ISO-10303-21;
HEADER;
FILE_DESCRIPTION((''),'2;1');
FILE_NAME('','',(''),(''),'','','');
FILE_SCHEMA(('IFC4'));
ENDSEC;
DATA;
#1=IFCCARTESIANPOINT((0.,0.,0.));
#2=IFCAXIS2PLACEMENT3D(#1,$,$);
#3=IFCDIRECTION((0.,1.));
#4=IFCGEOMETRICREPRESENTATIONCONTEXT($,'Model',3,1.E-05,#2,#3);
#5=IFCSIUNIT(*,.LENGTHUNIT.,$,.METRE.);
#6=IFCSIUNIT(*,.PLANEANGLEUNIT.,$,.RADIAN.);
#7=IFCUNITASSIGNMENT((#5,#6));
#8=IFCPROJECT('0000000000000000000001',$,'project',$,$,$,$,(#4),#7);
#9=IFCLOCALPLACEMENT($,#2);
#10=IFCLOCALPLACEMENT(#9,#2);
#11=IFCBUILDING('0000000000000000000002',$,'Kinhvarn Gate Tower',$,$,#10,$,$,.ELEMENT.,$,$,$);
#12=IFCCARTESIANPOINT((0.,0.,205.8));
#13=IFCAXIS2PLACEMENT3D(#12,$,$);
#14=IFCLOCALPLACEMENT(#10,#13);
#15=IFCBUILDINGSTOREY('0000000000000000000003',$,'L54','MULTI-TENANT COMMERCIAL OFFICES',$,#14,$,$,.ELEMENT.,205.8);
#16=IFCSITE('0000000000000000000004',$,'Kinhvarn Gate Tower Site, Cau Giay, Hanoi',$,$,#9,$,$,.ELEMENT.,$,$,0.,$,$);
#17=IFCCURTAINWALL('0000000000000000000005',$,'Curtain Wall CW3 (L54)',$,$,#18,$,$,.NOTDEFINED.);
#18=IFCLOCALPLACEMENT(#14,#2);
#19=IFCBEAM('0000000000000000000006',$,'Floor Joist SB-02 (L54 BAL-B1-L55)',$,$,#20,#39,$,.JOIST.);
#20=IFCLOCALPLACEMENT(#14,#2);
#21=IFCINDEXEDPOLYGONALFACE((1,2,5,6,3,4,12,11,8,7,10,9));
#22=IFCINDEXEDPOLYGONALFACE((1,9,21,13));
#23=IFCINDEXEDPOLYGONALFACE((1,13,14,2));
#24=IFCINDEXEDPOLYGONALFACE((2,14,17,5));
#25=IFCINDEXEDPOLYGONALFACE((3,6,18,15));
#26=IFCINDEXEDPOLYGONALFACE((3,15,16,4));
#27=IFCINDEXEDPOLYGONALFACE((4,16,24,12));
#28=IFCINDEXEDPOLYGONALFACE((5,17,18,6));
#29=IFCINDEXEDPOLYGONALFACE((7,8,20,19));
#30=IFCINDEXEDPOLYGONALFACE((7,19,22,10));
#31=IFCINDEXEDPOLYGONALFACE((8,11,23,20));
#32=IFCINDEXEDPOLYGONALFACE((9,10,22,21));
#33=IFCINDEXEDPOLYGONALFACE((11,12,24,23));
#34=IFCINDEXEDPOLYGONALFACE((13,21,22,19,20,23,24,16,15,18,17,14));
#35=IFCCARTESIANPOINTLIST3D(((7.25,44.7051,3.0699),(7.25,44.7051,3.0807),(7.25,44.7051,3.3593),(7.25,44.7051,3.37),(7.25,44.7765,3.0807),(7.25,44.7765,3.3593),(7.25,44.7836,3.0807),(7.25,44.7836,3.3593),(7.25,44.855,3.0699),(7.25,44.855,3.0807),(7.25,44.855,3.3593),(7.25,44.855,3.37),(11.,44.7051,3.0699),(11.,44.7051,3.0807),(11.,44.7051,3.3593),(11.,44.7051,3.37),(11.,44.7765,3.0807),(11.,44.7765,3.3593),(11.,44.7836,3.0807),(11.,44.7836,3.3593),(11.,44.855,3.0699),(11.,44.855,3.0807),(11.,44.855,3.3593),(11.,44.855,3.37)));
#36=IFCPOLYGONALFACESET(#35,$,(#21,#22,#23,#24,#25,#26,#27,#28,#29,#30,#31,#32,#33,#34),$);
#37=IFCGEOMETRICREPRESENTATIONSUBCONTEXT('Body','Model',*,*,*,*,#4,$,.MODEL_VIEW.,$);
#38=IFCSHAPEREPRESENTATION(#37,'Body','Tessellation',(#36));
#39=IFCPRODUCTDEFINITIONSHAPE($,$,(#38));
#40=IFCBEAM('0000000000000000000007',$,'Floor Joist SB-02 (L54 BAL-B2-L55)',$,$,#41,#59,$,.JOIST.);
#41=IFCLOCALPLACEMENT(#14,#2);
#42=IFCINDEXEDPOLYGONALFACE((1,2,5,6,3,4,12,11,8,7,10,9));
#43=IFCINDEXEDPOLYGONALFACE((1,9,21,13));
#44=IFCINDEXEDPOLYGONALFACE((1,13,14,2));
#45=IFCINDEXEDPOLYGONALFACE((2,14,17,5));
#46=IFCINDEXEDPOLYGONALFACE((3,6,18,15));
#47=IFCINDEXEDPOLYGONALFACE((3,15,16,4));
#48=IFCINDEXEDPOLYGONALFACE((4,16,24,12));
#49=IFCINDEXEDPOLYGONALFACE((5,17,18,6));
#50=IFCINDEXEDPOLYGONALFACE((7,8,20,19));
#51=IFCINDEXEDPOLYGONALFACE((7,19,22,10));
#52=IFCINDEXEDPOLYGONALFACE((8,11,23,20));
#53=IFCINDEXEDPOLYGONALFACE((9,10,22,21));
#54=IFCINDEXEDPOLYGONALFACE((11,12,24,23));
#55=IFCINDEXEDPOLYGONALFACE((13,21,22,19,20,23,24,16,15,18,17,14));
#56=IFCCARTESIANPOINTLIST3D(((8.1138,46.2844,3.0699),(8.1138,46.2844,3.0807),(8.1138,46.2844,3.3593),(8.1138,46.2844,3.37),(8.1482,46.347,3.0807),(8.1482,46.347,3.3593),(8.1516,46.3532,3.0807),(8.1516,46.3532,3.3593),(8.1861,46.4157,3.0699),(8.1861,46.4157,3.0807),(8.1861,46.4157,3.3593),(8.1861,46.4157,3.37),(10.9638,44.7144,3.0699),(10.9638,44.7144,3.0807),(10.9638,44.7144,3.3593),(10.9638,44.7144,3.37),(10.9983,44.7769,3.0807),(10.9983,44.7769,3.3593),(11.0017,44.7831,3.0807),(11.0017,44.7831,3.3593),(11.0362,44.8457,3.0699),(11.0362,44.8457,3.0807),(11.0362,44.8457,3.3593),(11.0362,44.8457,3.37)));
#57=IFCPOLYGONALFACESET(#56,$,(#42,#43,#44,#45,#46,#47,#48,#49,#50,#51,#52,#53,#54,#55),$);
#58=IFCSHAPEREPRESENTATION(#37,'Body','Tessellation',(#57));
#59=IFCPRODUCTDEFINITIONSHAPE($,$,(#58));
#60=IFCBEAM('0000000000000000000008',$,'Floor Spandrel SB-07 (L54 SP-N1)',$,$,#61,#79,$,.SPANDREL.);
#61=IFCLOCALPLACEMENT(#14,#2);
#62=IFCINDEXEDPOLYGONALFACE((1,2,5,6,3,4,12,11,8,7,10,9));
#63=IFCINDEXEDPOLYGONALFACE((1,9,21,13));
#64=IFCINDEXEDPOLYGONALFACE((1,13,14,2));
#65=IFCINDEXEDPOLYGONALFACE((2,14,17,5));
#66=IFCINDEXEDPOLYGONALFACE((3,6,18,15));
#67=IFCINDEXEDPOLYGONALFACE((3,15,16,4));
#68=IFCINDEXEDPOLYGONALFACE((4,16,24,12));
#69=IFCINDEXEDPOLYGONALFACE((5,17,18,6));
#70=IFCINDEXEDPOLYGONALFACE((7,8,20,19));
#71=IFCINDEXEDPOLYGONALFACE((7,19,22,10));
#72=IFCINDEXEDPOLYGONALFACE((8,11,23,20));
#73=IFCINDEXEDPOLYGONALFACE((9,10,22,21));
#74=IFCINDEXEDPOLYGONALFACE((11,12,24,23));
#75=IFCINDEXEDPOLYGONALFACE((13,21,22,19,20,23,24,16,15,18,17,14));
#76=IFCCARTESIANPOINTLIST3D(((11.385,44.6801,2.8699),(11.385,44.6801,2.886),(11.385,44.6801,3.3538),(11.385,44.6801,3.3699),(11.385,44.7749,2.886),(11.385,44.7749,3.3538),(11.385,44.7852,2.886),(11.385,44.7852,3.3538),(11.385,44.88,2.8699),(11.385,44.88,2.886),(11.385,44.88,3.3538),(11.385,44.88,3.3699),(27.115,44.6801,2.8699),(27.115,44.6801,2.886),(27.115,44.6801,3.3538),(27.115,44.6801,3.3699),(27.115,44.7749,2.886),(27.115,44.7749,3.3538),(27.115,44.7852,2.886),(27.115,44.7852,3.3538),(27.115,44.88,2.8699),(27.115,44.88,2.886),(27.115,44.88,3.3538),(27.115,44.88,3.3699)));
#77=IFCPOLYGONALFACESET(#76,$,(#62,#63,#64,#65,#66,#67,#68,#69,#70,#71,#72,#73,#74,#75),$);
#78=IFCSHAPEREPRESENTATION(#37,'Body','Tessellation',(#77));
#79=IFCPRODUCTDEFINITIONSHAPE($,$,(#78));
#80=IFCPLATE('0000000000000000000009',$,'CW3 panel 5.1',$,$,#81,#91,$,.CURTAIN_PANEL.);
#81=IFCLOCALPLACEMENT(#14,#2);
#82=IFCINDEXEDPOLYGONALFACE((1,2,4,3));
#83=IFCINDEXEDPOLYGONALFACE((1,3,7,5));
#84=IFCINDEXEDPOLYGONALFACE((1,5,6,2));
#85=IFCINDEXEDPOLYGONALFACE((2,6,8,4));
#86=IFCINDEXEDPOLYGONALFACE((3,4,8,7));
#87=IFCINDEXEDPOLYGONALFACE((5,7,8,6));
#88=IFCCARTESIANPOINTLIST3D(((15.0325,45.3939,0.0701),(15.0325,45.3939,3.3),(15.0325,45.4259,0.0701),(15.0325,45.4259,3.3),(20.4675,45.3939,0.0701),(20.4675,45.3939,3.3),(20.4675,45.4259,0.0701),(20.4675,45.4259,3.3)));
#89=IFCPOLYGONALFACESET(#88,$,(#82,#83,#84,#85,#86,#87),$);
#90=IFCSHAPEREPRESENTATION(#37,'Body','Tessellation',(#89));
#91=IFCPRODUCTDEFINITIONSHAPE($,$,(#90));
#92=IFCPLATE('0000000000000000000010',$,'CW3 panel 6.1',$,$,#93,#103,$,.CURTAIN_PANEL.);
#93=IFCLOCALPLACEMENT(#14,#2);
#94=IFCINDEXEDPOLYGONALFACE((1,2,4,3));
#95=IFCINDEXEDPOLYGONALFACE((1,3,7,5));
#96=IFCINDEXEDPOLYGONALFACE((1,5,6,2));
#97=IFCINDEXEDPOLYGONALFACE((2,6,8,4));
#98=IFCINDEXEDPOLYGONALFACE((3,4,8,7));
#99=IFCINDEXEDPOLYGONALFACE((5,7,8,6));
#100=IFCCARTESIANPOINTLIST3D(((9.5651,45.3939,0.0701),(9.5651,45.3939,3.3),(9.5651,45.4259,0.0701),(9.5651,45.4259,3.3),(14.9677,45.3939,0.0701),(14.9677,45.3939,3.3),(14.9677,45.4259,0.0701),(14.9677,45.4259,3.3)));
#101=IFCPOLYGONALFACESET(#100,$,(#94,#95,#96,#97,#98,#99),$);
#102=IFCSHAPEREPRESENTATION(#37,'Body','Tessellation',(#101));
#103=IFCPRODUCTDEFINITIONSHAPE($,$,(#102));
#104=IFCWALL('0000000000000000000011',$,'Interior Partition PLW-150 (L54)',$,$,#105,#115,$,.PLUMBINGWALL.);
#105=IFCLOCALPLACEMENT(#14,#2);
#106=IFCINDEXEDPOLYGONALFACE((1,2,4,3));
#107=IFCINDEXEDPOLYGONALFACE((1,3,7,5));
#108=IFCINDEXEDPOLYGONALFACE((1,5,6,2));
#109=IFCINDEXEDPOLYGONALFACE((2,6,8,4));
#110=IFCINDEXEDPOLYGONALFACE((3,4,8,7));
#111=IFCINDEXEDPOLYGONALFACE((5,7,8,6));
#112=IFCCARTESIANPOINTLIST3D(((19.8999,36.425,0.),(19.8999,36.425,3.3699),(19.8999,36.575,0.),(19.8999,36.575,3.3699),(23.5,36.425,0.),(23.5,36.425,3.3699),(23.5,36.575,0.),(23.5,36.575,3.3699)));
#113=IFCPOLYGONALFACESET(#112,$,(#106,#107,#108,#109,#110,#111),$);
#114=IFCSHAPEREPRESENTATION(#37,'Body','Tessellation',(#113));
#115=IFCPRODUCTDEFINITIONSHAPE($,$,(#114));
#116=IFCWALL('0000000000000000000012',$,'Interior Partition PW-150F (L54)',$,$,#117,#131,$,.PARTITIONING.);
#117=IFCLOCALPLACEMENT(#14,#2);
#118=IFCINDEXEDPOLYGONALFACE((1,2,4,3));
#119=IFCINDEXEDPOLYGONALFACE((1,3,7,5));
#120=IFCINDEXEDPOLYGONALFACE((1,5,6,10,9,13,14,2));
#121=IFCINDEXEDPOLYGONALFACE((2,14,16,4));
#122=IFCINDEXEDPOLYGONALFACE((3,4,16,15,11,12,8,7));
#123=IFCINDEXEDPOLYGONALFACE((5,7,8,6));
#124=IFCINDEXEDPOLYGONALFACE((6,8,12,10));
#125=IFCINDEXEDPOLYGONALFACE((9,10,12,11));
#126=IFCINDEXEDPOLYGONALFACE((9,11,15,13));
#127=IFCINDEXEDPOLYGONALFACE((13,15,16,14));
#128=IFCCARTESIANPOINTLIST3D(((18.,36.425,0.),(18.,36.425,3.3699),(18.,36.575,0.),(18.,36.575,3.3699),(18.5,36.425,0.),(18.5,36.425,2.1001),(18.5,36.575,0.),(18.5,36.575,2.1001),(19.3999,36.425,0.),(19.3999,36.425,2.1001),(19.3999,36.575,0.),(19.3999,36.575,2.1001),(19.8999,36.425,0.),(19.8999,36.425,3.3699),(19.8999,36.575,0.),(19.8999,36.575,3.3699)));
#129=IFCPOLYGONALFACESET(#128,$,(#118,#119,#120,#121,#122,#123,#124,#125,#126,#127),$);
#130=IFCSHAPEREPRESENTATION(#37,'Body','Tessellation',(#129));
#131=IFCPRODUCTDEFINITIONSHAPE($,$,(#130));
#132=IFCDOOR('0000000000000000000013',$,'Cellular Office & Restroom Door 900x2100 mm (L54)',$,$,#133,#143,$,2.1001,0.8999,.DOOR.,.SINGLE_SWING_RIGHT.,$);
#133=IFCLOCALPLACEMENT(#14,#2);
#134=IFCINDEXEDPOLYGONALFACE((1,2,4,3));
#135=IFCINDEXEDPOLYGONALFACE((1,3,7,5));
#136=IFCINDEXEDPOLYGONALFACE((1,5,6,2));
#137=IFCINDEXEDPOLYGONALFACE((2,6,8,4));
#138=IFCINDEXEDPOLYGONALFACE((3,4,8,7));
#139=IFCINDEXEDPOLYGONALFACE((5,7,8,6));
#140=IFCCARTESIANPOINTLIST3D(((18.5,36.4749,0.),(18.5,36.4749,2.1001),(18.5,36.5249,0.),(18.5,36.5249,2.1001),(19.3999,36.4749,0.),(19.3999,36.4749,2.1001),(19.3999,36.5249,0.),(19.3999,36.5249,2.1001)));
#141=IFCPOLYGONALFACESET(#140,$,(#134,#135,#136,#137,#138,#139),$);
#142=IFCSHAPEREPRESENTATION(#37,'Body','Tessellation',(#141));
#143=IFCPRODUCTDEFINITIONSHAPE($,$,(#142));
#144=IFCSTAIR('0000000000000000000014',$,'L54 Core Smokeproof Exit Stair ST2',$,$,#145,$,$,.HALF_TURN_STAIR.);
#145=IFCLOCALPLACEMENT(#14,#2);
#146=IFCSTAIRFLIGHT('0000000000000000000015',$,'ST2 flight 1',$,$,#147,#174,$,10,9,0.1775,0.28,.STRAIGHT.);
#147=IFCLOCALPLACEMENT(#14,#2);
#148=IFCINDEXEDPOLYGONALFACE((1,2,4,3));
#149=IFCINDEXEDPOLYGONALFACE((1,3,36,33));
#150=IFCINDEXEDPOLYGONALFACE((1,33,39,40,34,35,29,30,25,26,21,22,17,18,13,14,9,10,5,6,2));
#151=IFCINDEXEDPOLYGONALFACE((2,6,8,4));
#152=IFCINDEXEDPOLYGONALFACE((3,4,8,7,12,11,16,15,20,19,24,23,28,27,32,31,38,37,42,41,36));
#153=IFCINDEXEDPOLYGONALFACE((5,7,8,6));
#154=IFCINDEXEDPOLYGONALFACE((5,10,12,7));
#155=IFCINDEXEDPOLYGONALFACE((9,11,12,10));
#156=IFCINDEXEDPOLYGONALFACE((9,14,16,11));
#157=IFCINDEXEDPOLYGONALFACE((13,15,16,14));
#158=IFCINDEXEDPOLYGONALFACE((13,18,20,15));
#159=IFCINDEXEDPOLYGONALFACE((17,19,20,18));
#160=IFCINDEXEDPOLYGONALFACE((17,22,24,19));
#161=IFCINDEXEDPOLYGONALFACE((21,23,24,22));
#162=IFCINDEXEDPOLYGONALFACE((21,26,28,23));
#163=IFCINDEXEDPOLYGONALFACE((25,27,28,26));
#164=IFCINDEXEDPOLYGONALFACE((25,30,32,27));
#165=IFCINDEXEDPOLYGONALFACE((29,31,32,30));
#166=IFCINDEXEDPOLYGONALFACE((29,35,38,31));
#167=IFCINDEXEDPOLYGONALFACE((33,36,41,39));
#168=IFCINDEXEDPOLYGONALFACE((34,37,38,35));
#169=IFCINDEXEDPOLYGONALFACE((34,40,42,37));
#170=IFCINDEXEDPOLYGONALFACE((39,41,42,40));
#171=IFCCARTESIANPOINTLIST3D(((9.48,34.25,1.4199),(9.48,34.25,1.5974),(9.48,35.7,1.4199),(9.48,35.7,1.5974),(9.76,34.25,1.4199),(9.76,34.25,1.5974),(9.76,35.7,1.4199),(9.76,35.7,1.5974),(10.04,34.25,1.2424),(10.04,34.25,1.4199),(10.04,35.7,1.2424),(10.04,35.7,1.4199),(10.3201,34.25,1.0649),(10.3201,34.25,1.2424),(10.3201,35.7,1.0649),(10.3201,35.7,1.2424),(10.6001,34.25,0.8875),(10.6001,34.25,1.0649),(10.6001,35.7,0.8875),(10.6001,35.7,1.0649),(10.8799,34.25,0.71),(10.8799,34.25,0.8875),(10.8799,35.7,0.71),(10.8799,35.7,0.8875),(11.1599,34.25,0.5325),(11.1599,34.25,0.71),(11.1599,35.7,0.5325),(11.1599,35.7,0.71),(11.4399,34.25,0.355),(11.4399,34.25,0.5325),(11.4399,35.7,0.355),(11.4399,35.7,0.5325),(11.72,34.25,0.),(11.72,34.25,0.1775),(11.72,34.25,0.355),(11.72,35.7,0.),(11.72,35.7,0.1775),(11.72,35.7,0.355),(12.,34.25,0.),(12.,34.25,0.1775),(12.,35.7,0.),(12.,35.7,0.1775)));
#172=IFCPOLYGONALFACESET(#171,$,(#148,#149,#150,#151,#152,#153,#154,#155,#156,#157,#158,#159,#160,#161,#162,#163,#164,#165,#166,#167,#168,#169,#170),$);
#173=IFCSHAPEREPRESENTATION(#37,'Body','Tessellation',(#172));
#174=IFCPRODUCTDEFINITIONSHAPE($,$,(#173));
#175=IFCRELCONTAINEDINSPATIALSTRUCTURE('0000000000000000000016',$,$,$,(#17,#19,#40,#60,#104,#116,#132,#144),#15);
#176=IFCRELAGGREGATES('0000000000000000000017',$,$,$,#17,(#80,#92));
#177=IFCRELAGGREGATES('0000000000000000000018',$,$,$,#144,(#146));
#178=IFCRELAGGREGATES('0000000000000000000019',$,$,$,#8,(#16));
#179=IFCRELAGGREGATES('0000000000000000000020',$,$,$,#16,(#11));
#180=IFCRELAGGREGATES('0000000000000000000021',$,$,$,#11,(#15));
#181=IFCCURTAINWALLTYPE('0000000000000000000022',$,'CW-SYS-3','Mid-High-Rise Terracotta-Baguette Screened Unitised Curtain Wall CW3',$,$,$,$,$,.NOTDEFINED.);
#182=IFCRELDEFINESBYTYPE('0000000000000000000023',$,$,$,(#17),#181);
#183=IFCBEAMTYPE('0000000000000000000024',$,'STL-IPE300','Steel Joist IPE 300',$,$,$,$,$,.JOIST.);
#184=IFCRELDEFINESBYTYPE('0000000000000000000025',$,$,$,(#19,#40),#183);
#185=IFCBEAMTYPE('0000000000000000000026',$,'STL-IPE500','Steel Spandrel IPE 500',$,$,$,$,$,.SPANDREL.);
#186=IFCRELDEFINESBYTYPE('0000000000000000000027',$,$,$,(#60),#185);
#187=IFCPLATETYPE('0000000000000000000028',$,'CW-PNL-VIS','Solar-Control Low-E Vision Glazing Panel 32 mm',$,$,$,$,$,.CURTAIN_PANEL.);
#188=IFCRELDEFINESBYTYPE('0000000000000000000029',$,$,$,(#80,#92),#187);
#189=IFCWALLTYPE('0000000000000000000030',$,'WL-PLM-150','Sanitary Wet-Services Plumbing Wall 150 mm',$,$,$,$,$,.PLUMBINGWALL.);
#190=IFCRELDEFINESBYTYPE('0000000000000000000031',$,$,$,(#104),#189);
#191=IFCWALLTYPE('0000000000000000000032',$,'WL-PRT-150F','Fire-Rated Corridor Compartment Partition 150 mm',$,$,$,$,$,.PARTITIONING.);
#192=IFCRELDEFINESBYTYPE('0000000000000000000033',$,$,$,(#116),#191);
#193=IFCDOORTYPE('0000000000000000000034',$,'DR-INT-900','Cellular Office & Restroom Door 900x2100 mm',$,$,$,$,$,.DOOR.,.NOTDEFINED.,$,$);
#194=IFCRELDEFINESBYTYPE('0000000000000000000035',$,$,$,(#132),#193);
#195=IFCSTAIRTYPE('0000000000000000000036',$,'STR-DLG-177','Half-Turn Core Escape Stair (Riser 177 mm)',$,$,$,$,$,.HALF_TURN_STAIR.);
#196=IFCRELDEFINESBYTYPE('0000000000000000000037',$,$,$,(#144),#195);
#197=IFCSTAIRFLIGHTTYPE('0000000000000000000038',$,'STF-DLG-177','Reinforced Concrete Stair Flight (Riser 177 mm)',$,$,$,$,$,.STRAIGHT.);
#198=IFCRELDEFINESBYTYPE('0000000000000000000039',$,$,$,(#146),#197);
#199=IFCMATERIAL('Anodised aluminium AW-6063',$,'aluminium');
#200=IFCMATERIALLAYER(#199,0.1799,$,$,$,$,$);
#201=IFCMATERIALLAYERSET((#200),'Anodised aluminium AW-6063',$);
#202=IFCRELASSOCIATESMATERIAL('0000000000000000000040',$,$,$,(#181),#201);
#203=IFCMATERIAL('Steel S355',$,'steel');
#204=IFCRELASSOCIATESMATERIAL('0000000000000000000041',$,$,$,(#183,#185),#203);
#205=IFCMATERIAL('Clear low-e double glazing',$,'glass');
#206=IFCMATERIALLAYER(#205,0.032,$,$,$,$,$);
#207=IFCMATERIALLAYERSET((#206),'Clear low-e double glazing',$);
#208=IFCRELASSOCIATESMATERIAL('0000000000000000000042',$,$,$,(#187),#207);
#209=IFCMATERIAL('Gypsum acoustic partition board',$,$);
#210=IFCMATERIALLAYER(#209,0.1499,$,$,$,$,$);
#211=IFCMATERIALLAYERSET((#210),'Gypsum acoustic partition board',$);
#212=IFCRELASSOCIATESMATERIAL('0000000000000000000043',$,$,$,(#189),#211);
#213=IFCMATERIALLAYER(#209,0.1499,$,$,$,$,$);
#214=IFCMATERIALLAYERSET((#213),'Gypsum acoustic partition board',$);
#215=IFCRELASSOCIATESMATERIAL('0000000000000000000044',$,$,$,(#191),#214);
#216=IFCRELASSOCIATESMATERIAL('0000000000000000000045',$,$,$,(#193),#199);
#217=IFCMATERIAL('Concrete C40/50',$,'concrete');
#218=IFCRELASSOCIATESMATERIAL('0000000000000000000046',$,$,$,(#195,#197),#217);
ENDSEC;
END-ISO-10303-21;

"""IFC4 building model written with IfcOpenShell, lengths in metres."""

from ifc_helpers import new_model, si_unit, direction, frame, frame_2d, origin, origin_2d, place, context, subcontext, project, spatial, polyline, rectangle, i_section, outline, extrude, material, layer, layer_set, material_profile, profile_set, type_object, element, fill, aggregate, save


model = new_model("IFC4")

# Units and contexts
model_context = context("Model", 3, precision=1e-05, world=origin(), true_north=direction((0.0, 1.0)))
body_context = subcontext(model_context, "Body", "Model", "MODEL_VIEW")
ifc_project = project(units=[si_unit("LENGTHUNIT", "METRE"), si_unit("PLANEANGLEUNIT", "RADIAN")], contexts=[model_context])

# Site, building, storey
site_placement = place(None, origin())
site = spatial("IfcSite", under=ifc_project, at=site_placement, Name="Kinhvarn Gate Tower Site, Cau Giay, Hanoi", CompositionType="ELEMENT", RefElevation=0.0)
building_placement = place(site_placement, origin())
building = spatial("IfcBuilding", under=site, at=building_placement, Name="Kinhvarn Gate Tower", CompositionType="ELEMENT")
storey_placement = place(building_placement, frame((0.0, 0.0, 205.8)))
storey = spatial("IfcBuildingStorey", under=building, at=storey_placement, Name="L54", Description="MULTI-TENANT COMMERCIAL OFFICES", CompositionType="ELEMENT", Elevation=205.8)

# Curtain wall
ifc_material_1 = material(Name="Anodised aluminium AW-6063", Category="aluminium")
ifc_layer_1 = layer(ifc_material_1, 0.1799)
ifc_layer_set_1 = layer_set([ifc_layer_1], Name="Anodised aluminium AW-6063")
curtain_wall_type = type_object("IfcCurtainWallType", Name="CW-SYS-3", Description="Mid-High-Rise Terracotta-Baguette Screened Unitised Curtain Wall CW3", PredefinedType="NOTDEFINED", material=ifc_layer_set_1)
curtain_wall_placement = place(storey_placement, origin())
curtain_wall = element("IfcCurtainWall", 1, at=curtain_wall_placement, inside=storey, type_object=curtain_wall_type, Name="Curtain Wall CW3 (L54)", PredefinedType="NOTDEFINED")

# Beams
ifc_material_2 = material(Name="Steel S355", Category="steel")
ifc_material_profile_1 = material_profile(ifc_material_2, i_section(OverallWidth=0.1499, OverallDepth=0.3, WebThickness=0.0071, FlangeThickness=0.0107, at=origin_2d()), Name="IPE 300")
ifc_profile_set_1 = profile_set([ifc_material_profile_1], Name="Steel S355")
beam_type_1 = type_object("IfcBeamType", Name="STL-IPE300", Description="Steel Joist IPE 300", PredefinedType="JOIST", material=ifc_profile_set_1)
beam_1_placement = place(storey_placement, frame((11.0, 44.78, 3.22), z_axis=(-1.0, 0.0, 0.0), x_axis=(0.0, -1.0, 0.0)))
element("IfcBeam", 2, at=beam_1_placement, inside=storey, type_object=beam_type_1, Name="Floor Joist SB-02 (L54 BAL-B1-L55)", PredefinedType="JOIST", context=body_context, shape_type="SweptSolid", body=[
    extrude(i_section(OverallWidth=0.1499, OverallDepth=0.3, WebThickness=0.0071, FlangeThickness=0.0107, at=origin_2d()), origin(), (0.0, 0.0, 1.0), 3.75),
])
beam_2_placement = place(storey_placement, frame((11.0, 44.78, 3.22), z_axis=(-0.875889, 0.482512, 0.0), x_axis=(-0.482512, -0.875889, 0.0)))
element("IfcBeam", 3, at=beam_2_placement, inside=storey, type_object=beam_type_1, Name="Floor Joist SB-02 (L54 BAL-B2-L55)", PredefinedType="JOIST", context=body_context, shape_type="SweptSolid", body=[
    extrude(i_section(OverallWidth=0.1499, OverallDepth=0.3, WebThickness=0.0071, FlangeThickness=0.0107, at=origin_2d()), origin(), (0.0, 0.0, 1.0), 3.2539),
])
ifc_material_profile_2 = material_profile(ifc_material_2, i_section(OverallWidth=0.2, OverallDepth=0.5, WebThickness=0.0103, FlangeThickness=0.0161, at=origin_2d()), Name="IPE 500")
ifc_profile_set_2 = profile_set([ifc_material_profile_2], Name="Steel S355")
beam_type_2 = type_object("IfcBeamType", Name="STL-IPE500", Description="Steel Spandrel IPE 500", PredefinedType="SPANDREL", material=ifc_profile_set_2)
beam_3_placement = place(storey_placement, frame((11.385, 44.78, 3.1199), z_axis=(1.0, 0.0, 0.0), x_axis=(0.0, 1.0, 0.0)))
element("IfcBeam", 4, at=beam_3_placement, inside=storey, type_object=beam_type_2, Name="Floor Spandrel SB-07 (L54 SP-N1)", PredefinedType="SPANDREL", context=body_context, shape_type="SweptSolid", body=[
    extrude(i_section(OverallWidth=0.2, OverallDepth=0.5, WebThickness=0.0103, FlangeThickness=0.0161, at=origin_2d()), origin(), (0.0, 0.0, 1.0), 15.73),
])

# Plates
ifc_material_3 = material(Name="Clear low-e double glazing", Category="glass")
ifc_layer_2 = layer(ifc_material_3, 0.032)
ifc_layer_set_2 = layer_set([ifc_layer_2], Name="Clear low-e double glazing")
plate_type = type_object("IfcPlateType", Name="CW-PNL-VIS", Description="Solar-Control Low-E Vision Glazing Panel 32 mm", PredefinedType="CURTAIN_PANEL", material=ifc_layer_set_2)
plate_1_placement = place(storey_placement, frame((17.75, 45.4099, 0.0701), z_axis=(0.0, 0.0, 1.0), x_axis=(-1.0, 0.0, 0.0)))
plate_1 = element("IfcPlate", 5, at=plate_1_placement, type_object=plate_type, Name="CW3 panel 5.1", PredefinedType="CURTAIN_PANEL", context=body_context, shape_type="SweptSolid", body=[
    extrude(rectangle(XDim=5.4351, YDim=0.032, at=origin_2d()), origin(), (0.0, 0.0, 1.0), 3.23),
])
plate_2_placement = place(storey_placement, frame((12.2664, 45.4099, 0.0701), z_axis=(0.0, 0.0, 1.0), x_axis=(-1.0, 0.0, 0.0)))
plate_2 = element("IfcPlate", 6, at=plate_2_placement, type_object=plate_type, Name="CW3 panel 6.1", PredefinedType="CURTAIN_PANEL", context=body_context, shape_type="SweptSolid", body=[
    extrude(rectangle(XDim=5.4026, YDim=0.032, at=origin_2d()), origin(), (0.0, 0.0, 1.0), 3.23),
])
aggregate(curtain_wall, [plate_1, plate_2])

# Wall
ifc_material_4 = material(Name="Gypsum acoustic partition board")
ifc_layer_3 = layer(ifc_material_4, 0.1499)
ifc_layer_set_3 = layer_set([ifc_layer_3], Name="Gypsum acoustic partition board")
wall_type_1 = type_object("IfcWallType", Name="WL-PLM-150", Description="Sanitary Wet-Services Plumbing Wall 150 mm", PredefinedType="PLUMBINGWALL", material=ifc_layer_set_3)
wall_1_placement = place(storey_placement, frame((19.8999, 36.5, 0.0), z_axis=(0.0, 0.0, 1.0), x_axis=(1.0, 0.0, 0.0)))
element("IfcWall", 7, at=wall_1_placement, inside=storey, type_object=wall_type_1, Name="Interior Partition PLW-150 (L54)", PredefinedType="PLUMBINGWALL", context=body_context, shape_type="SweptSolid", body=[
    extrude(rectangle(XDim=3.6001, YDim=0.1499, at=frame_2d((1.8, 0.0))), origin(), (0.0, 0.0, 1.0), 3.3699),
])

# Wall, opening, door
ifc_layer_4 = layer(ifc_material_4, 0.1499)
ifc_layer_set_4 = layer_set([ifc_layer_4], Name="Gypsum acoustic partition board")
wall_type_2 = type_object("IfcWallType", Name="WL-PRT-150F", Description="Fire-Rated Corridor Compartment Partition 150 mm", PredefinedType="PARTITIONING", material=ifc_layer_set_4)
wall_2_placement = place(storey_placement, frame((18.0, 36.5, 0.0), z_axis=(0.0, 0.0, 1.0), x_axis=(1.0, 0.0, 0.0)))
wall_2 = element("IfcWall", 8, at=wall_2_placement, inside=storey, type_object=wall_type_2, Name="Interior Partition PW-150F (L54)", PredefinedType="PARTITIONING", context=body_context, shape_type="SweptSolid", body=[
    extrude(rectangle(XDim=1.8999, YDim=0.1499, at=frame_2d((0.95, 0.0))), origin(), (0.0, 0.0, 1.0), 3.3699),
])
opening_placement = place(wall_2_placement, frame((0.5, 0.0, 0.0)))
opening = element("IfcOpeningElement", 9, at=opening_placement, cuts=wall_2, PredefinedType="OPENING", context=body_context, shape_type="SweptSolid", body=[
    extrude(rectangle(XDim=0.8999, YDim=2.1001, at=frame_2d((0.45, 1.05))), frame((0.0, 0.085, 0.0), z_axis=(0.0, -1.0, 0.0), x_axis=(1.0, 0.0, 0.0)), (0.0, 0.0, 1.0), 0.1699),
])
door_type = type_object("IfcDoorType", Name="DR-INT-900", Description="Cellular Office & Restroom Door 900x2100 mm", OperationType="NOTDEFINED", PredefinedType="DOOR", material=ifc_material_1)
door_placement = place(opening_placement, origin())
door = element("IfcDoor", 10, at=door_placement, inside=storey, type_object=door_type, Name="Cellular Office & Restroom Door 900x2100 mm (L54)", OperationType="SINGLE_SWING_RIGHT", OverallHeight=2.1001, OverallWidth=0.8999, PredefinedType="DOOR", context=body_context, shape_type="SweptSolid", body=[
    extrude(rectangle(XDim=0.8999, YDim=2.1001, at=frame_2d((0.45, 1.05))), frame((0.0, 0.0249, 0.0), z_axis=(0.0, -1.0, 0.0), x_axis=(1.0, 0.0, 0.0)), (0.0, 0.0, 1.0), 0.05),
])
fill(opening, door)

# Stair, stair flight
ifc_material_5 = material(Name="Concrete C40/50", Category="concrete")
stair_type = type_object("IfcStairType", Name="STR-DLG-177", Description="Half-Turn Core Escape Stair (Riser 177 mm)", PredefinedType="HALF_TURN_STAIR", material=ifc_material_5)
stair_placement = place(storey_placement, origin())
stair = element("IfcStair", 11, at=stair_placement, inside=storey, type_object=stair_type, Name="L54 Core Smokeproof Exit Stair ST2", PredefinedType="HALF_TURN_STAIR")
stair_flight_type = type_object("IfcStairFlightType", Name="STF-DLG-177", Description="Reinforced Concrete Stair Flight (Riser 177 mm)", PredefinedType="STRAIGHT", material=ifc_material_5)
stair_flight_placement = place(storey_placement, frame((12.0, 34.9751, 0.0), z_axis=(0.0, 0.0, 1.0), x_axis=(-1.0, 0.0, 0.0)))
stair_flight = element("IfcStairFlight", 12, at=stair_flight_placement, type_object=stair_flight_type, Name="ST2 flight 1", NumberOfRisers=10, NumberOfTreads=9, PredefinedType="STRAIGHT", RiserHeight=0.1775, TreadLength=0.28, context=body_context, shape_type="SweptSolid", body=[
    extrude(outline(polyline([(0.0, 0.0), (0.0, 0.1775), (0.28, 0.1775), (0.28, 0.355), (0.5601, 0.355), (0.5601, 0.5325), (0.8401, 0.5325), (0.8401, 0.71), (1.1201, 0.71), (1.1201, 0.8875), (1.3999, 0.8875), (1.3999, 1.0649), (1.6799, 1.0649), (1.6799, 1.2424), (1.96, 1.2424), (1.96, 1.4199), (2.24, 1.4199), (2.24, 1.5974), (2.52, 1.5974), (2.52, 1.7749), (2.52, 1.4199), (0.28, 0.0), (0.0, 0.0)])), frame((0.0, 0.7251, 0.0), z_axis=(0.0, -1.0, 0.0), x_axis=(1.0, 0.0, 0.0)), (0.0, 0.0, 1.0), 1.45),
])
aggregate(stair, [stair_flight])

save(model, "model.ifc")
